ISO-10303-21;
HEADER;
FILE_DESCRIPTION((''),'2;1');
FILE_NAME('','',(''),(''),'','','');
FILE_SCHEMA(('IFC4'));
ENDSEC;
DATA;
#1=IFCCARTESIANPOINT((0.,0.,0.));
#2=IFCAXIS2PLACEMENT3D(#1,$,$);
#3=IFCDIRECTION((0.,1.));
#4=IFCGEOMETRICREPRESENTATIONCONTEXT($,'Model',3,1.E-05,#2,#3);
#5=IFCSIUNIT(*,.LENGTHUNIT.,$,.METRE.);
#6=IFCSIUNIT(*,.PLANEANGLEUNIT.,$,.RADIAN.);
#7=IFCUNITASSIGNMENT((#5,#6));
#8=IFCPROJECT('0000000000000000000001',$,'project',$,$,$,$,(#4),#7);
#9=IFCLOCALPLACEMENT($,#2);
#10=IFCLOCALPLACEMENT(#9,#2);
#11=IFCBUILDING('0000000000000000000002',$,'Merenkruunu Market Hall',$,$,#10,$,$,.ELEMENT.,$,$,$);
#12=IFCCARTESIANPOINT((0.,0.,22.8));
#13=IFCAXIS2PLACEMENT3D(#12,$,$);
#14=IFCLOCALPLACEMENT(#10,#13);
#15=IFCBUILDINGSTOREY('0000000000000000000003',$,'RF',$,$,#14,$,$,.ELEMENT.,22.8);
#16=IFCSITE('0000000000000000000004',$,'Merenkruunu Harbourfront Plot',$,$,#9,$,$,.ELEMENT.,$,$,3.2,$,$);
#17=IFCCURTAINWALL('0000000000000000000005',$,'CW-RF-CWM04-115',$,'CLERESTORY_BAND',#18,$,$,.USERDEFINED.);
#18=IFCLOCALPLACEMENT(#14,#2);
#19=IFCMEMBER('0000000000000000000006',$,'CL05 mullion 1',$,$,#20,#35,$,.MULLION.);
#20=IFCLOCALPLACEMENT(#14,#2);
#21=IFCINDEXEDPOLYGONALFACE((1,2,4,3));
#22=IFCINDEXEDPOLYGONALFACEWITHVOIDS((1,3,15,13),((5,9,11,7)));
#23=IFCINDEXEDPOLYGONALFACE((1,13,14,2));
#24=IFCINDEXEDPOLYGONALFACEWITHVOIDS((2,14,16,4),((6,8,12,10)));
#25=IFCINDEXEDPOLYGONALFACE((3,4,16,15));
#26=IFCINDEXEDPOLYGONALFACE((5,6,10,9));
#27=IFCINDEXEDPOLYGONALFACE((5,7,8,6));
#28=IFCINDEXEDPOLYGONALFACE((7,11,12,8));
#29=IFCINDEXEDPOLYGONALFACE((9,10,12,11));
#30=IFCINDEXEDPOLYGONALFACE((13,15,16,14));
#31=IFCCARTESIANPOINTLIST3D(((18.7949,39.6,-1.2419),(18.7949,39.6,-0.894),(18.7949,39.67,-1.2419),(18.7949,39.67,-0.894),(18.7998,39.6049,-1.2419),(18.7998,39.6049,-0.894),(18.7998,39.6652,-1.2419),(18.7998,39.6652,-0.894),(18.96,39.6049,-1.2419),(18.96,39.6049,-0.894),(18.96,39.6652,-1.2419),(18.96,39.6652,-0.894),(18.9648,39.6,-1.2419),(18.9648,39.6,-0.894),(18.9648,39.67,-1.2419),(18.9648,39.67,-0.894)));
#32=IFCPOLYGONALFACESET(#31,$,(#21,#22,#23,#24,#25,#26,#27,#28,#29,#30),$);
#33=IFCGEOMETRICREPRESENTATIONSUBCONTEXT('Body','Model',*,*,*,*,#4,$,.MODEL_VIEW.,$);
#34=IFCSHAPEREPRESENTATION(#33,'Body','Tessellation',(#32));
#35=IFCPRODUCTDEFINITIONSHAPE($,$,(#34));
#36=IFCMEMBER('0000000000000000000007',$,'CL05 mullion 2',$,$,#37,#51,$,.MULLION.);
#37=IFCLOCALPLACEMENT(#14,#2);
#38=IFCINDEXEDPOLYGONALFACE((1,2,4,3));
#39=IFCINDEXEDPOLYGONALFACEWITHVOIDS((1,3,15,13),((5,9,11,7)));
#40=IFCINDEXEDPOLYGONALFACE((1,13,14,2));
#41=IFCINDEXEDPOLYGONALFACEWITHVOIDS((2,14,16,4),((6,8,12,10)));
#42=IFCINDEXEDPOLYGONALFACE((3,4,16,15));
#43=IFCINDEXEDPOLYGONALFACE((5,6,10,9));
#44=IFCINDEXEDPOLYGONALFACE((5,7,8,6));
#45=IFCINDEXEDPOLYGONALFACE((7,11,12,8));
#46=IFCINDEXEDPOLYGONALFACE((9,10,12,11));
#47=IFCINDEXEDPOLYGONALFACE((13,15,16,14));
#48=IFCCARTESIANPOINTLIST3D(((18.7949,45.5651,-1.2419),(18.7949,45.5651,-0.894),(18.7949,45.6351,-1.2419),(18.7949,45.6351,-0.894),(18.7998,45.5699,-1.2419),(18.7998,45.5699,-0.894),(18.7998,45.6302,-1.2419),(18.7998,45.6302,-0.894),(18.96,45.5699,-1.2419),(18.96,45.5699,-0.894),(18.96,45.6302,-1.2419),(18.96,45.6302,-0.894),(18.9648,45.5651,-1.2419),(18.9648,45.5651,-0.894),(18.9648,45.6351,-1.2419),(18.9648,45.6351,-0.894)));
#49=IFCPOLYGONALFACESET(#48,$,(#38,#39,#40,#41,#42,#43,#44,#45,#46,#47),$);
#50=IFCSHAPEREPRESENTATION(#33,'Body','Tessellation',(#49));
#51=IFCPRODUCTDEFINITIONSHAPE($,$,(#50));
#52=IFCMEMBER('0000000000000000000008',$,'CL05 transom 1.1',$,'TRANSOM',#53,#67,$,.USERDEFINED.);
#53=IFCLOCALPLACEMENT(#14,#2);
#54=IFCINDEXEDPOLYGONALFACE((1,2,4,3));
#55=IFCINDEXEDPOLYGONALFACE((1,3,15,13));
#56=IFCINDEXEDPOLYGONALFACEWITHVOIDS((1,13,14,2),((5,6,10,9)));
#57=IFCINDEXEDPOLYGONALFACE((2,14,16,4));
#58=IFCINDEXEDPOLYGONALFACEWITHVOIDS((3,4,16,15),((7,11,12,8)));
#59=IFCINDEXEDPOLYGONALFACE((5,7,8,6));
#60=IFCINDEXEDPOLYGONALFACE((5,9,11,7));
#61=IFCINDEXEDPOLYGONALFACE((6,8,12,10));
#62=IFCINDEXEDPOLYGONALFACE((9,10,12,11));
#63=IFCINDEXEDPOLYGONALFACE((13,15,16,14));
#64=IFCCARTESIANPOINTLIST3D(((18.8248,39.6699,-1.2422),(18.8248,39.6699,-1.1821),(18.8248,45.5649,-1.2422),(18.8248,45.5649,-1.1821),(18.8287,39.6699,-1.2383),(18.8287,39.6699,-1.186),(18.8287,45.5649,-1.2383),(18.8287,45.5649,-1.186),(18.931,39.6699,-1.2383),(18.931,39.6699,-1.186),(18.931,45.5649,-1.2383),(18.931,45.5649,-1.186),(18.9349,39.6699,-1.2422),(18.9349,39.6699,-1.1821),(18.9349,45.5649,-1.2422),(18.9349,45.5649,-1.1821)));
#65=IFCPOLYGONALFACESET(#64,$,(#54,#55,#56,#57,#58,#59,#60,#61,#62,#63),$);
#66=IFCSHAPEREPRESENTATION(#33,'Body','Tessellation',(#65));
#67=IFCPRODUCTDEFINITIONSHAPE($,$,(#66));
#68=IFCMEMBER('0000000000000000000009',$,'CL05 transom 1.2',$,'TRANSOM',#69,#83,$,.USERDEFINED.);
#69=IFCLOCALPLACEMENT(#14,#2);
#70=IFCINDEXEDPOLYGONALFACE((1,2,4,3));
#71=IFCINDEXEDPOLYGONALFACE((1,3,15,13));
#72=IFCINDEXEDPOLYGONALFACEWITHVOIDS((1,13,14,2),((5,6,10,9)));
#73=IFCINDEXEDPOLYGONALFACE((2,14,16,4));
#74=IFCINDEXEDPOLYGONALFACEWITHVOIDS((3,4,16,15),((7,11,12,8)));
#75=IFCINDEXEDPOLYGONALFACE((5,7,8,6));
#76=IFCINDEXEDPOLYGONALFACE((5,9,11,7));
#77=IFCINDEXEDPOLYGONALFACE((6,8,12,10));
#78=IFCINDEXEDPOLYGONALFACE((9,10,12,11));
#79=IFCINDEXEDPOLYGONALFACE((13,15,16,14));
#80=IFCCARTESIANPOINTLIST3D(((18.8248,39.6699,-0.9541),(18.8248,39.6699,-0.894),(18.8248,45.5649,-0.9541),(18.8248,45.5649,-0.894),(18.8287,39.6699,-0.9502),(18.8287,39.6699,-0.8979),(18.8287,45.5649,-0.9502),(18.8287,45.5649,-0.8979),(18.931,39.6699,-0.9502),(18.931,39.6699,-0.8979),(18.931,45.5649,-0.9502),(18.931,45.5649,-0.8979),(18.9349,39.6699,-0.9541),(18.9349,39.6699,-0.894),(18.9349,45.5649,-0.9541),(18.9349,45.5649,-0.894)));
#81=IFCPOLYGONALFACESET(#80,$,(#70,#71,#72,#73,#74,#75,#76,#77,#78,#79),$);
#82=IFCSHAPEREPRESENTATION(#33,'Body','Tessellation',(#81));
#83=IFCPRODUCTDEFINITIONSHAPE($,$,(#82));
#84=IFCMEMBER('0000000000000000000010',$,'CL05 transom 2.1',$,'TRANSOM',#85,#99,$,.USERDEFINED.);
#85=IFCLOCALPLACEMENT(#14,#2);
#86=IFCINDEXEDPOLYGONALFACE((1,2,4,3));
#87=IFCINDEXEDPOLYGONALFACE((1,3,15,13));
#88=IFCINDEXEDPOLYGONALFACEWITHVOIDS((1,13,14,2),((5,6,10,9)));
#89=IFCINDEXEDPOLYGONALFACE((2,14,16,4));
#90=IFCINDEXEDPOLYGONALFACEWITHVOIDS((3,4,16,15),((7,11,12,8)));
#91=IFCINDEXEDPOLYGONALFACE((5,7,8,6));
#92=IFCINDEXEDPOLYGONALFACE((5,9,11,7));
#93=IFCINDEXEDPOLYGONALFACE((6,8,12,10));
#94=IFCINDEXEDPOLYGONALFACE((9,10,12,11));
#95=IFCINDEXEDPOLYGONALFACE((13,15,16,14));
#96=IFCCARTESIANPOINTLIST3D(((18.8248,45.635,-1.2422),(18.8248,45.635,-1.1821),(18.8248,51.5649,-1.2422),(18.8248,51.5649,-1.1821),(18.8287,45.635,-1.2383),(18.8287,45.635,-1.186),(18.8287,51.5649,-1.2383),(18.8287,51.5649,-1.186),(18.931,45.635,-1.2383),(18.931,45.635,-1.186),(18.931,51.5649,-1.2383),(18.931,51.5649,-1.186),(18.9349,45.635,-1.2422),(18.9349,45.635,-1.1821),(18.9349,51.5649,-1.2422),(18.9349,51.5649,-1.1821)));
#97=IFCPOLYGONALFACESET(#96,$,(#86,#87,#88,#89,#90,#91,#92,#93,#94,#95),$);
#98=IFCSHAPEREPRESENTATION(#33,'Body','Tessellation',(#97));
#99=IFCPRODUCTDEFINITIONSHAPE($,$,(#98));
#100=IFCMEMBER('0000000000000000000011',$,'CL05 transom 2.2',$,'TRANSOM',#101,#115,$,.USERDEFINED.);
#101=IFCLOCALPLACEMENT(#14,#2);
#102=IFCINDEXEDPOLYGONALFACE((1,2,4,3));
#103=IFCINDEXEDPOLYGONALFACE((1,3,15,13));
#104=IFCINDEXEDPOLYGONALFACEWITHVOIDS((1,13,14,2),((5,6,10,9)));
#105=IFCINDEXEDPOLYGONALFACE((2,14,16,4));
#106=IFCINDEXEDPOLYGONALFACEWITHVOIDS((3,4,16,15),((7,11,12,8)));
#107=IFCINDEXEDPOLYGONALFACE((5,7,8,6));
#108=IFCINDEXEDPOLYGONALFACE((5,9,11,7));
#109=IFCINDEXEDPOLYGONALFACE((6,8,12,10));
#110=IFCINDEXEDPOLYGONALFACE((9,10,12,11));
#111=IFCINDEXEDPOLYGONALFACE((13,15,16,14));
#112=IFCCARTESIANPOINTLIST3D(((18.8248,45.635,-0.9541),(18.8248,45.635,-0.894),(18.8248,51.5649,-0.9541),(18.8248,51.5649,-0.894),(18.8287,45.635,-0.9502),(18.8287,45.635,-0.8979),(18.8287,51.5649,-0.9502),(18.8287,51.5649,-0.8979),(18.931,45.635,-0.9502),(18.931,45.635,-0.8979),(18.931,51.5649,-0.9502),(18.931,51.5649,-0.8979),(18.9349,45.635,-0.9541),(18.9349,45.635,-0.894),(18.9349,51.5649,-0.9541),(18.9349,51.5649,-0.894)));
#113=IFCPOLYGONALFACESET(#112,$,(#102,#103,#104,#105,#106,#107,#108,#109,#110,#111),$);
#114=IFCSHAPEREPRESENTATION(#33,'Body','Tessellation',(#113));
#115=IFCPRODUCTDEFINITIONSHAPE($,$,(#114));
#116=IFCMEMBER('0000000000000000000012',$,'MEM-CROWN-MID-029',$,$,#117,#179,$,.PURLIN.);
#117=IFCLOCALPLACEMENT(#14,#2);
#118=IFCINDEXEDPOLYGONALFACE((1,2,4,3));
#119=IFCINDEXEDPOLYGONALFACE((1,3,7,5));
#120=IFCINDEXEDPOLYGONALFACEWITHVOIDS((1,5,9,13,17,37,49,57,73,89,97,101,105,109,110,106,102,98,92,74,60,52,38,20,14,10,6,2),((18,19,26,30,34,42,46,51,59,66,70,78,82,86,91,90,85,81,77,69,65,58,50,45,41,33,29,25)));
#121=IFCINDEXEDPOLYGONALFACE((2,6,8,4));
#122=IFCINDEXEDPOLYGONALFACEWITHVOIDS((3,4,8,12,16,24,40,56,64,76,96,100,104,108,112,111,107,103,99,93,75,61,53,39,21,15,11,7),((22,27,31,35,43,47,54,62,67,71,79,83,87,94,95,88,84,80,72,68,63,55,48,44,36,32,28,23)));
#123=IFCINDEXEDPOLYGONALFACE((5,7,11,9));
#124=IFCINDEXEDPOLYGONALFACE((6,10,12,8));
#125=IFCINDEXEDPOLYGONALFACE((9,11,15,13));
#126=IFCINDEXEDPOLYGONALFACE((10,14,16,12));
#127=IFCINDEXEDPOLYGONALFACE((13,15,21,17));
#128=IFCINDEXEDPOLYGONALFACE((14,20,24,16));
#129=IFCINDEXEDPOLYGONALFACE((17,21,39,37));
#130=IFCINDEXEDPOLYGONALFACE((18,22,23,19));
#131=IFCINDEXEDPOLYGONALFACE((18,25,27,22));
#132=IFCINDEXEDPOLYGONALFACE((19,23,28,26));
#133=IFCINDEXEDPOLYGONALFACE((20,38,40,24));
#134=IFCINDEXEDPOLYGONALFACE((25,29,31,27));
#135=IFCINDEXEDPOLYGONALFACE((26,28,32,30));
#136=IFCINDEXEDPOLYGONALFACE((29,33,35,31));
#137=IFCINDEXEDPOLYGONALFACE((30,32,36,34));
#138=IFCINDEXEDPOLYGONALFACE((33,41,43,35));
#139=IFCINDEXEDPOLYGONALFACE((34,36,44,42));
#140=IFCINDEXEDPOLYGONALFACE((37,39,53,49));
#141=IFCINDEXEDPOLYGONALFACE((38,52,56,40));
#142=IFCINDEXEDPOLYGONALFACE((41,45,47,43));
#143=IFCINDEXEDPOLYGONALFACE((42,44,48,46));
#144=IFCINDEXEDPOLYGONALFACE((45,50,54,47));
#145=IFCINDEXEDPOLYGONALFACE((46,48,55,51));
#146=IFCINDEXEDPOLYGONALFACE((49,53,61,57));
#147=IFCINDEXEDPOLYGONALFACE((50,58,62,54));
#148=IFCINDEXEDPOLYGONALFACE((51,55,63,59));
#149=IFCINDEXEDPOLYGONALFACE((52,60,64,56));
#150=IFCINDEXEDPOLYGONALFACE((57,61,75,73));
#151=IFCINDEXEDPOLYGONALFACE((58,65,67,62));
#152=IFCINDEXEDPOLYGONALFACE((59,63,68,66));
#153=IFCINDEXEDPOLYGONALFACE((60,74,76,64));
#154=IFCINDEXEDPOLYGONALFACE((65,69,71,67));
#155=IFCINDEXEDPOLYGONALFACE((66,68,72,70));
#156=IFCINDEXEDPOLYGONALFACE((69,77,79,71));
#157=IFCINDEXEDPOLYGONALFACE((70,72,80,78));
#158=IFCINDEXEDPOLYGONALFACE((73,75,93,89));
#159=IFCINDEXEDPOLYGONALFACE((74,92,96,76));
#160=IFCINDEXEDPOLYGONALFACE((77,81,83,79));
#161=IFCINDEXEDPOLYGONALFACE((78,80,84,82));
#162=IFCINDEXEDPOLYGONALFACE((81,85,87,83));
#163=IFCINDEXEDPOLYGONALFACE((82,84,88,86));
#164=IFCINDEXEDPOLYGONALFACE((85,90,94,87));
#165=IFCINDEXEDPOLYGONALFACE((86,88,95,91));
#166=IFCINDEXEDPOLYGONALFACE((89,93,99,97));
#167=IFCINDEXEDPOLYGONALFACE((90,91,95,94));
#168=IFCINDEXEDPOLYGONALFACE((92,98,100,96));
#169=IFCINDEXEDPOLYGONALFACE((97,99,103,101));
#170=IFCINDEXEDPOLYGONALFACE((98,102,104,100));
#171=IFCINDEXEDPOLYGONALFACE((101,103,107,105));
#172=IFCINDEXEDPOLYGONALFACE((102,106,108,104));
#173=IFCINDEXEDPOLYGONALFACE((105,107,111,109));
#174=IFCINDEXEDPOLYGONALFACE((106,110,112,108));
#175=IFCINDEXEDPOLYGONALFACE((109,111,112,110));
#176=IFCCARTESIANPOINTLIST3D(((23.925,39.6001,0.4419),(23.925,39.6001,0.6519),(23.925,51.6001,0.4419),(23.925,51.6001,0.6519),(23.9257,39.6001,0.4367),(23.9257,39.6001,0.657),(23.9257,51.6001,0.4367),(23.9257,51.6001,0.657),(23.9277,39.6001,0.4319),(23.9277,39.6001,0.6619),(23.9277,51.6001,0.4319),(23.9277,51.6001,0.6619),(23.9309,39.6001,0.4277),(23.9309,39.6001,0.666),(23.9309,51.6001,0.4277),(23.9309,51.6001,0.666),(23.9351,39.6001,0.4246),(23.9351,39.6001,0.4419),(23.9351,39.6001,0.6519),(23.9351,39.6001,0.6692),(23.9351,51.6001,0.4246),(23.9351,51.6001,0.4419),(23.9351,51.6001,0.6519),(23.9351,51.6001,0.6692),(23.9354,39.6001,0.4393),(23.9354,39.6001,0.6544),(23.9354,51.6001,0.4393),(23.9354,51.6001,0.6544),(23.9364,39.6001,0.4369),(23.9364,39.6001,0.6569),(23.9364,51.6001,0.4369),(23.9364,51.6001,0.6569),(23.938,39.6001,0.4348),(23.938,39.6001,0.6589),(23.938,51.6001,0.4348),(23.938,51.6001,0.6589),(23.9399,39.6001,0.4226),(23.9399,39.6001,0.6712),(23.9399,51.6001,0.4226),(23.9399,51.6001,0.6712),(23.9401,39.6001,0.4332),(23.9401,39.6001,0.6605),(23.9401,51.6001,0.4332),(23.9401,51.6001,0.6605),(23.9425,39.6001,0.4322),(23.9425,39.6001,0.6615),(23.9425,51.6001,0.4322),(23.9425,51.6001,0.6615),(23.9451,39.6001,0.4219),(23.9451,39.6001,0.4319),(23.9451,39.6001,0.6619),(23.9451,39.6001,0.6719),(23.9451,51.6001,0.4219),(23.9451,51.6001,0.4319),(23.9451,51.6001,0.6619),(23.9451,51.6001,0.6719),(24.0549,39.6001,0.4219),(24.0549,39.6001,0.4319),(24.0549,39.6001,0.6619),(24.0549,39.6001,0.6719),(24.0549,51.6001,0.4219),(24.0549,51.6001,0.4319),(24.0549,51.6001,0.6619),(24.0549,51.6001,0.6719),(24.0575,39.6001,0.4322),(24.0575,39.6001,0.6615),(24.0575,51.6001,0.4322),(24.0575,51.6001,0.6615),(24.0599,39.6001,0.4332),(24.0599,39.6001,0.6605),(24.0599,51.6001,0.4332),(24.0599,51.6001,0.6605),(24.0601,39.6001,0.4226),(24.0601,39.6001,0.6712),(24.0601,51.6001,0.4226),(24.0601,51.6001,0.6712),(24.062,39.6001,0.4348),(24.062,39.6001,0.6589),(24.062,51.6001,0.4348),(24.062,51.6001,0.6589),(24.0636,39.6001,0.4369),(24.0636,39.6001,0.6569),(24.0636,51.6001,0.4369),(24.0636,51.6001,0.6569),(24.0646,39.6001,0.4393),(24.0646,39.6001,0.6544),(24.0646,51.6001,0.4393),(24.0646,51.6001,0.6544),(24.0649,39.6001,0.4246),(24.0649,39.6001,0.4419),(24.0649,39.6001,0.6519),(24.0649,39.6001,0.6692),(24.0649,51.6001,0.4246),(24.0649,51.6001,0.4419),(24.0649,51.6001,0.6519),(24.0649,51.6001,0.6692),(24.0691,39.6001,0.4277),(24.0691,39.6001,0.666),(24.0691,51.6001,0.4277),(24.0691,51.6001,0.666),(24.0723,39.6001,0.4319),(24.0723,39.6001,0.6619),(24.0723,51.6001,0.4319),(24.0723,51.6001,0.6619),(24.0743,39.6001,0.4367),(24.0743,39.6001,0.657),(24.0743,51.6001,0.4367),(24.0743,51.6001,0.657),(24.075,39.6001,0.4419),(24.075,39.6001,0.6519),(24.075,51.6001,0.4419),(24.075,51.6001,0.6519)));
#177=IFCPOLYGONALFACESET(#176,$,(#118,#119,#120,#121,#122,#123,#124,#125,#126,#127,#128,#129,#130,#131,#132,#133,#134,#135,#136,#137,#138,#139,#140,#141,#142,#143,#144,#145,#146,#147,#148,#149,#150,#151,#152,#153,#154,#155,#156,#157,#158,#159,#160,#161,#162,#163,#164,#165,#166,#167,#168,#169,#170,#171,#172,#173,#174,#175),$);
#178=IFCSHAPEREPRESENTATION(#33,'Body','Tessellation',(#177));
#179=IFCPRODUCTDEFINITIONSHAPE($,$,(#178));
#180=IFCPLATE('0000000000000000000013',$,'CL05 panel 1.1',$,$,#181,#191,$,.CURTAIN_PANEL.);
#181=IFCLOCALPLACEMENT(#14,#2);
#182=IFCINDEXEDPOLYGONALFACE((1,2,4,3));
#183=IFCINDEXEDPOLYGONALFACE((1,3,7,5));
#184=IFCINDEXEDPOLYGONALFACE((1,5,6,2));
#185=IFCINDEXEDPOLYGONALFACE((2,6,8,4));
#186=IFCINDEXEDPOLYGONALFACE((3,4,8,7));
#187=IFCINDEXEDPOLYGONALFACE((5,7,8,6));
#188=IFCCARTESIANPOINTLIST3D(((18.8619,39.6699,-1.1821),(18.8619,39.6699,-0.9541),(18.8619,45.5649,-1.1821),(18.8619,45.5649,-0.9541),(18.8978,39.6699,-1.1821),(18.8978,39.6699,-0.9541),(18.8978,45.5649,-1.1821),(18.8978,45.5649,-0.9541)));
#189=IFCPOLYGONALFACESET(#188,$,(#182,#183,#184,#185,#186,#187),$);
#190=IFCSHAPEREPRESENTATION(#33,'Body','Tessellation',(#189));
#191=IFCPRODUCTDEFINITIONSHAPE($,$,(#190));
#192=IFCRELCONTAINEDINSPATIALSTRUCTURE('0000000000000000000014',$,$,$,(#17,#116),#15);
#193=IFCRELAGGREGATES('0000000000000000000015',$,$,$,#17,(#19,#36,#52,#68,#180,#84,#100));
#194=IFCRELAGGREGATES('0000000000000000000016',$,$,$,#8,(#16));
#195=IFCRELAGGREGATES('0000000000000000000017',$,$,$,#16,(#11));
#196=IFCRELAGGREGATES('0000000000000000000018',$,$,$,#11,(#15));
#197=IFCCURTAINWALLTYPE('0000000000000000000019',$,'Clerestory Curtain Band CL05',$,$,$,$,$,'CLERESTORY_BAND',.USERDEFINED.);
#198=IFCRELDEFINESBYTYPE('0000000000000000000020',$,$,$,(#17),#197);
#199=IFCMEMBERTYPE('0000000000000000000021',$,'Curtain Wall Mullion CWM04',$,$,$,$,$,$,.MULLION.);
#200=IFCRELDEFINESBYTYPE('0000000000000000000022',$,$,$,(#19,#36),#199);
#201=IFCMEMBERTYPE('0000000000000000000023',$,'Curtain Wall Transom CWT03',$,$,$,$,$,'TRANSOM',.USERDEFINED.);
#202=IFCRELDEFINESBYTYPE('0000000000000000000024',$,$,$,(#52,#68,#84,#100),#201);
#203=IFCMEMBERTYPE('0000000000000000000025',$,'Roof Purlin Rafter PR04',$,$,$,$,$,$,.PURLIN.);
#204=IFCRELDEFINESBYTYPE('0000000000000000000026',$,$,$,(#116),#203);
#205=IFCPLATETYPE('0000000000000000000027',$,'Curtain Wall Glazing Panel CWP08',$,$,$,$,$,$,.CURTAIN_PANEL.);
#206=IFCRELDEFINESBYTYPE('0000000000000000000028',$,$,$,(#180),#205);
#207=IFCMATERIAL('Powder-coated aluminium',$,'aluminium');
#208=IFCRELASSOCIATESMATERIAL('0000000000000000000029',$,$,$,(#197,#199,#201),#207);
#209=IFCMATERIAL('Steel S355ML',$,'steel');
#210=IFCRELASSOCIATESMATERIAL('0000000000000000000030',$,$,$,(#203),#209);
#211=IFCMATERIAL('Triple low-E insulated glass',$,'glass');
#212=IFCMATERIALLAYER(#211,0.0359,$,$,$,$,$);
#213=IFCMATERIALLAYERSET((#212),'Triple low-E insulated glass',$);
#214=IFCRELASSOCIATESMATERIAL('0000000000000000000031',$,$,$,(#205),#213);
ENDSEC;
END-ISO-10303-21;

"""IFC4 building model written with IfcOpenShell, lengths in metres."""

from ifc_helpers import new_model, si_unit, direction, frame, origin, origin_2d, place, context, subcontext, project, spatial, rectangle, hollow_rectangle, extrude, material, layer, layer_set, material_profile, profile_set, type_object, element, aggregate, save


model = new_model("IFC4")

# Units and contexts
model_context = context("Model", 3, precision=1e-05, world=origin(), true_north=direction((0.0, 1.0)))
body_context = subcontext(model_context, "Body", "Model", "MODEL_VIEW")
ifc_project = project(units=[si_unit("LENGTHUNIT", "METRE"), si_unit("PLANEANGLEUNIT", "RADIAN")], contexts=[model_context])

# Site, building, storey
site_placement = place(None, origin())
site = spatial("IfcSite", under=ifc_project, at=site_placement, Name="Merenkruunu Harbourfront Plot", CompositionType="ELEMENT", RefElevation=3.2)
building_placement = place(site_placement, origin())
building = spatial("IfcBuilding", under=site, at=building_placement, Name="Merenkruunu Market Hall", CompositionType="ELEMENT")
storey_placement = place(building_placement, frame((0.0, 0.0, 22.8)))
storey = spatial("IfcBuildingStorey", under=building, at=storey_placement, Name="RF", CompositionType="ELEMENT", Elevation=22.8)

# Curtain wall, members
ifc_material_1 = material(Name="Powder-coated aluminium", Category="aluminium")
curtain_wall_type = type_object("IfcCurtainWallType", Name="Clerestory Curtain Band CL05", ElementType="CLERESTORY_BAND", PredefinedType="USERDEFINED", material=ifc_material_1)
curtain_wall_placement = place(storey_placement, origin())
curtain_wall = element("IfcCurtainWall", 1, at=curtain_wall_placement, inside=storey, type_object=curtain_wall_type, Name="CW-RF-CWM04-115", ObjectType="CLERESTORY_BAND", PredefinedType="USERDEFINED")
ifc_material_profile_1 = material_profile(ifc_material_1, hollow_rectangle(XDim=0.0701, YDim=0.1699, WallThickness=0.0049, at=origin_2d()), Name="ALU 70x170x5")
ifc_profile_set_1 = profile_set([ifc_material_profile_1], Name="Powder-coated aluminium")
member_type_1 = type_object("IfcMemberType", Name="Curtain Wall Mullion CWM04", PredefinedType="MULLION", material=ifc_profile_set_1)
member_1_placement = place(storey_placement, frame((18.8799, 39.635, -1.2419), z_axis=(0.0, 0.0, 1.0), x_axis=(0.0, 1.0, 0.0)))
member_1 = element("IfcMember", 2, at=member_1_placement, type_object=member_type_1, Name="CL05 mullion 1", PredefinedType="MULLION", context=body_context, shape_type="SweptSolid", body=[
    extrude(hollow_rectangle(XDim=0.0701, YDim=0.1699, WallThickness=0.0049, at=origin_2d()), origin(), (0.0, 0.0, 1.0), 0.3479),
])
member_2_placement = place(storey_placement, frame((18.8799, 45.6001, -1.2419), z_axis=(0.0, 0.0, 1.0), x_axis=(0.0, 1.0, 0.0)))
member_2 = element("IfcMember", 3, at=member_2_placement, type_object=member_type_1, Name="CL05 mullion 2", PredefinedType="MULLION", context=body_context, shape_type="SweptSolid", body=[
    extrude(hollow_rectangle(XDim=0.0701, YDim=0.1699, WallThickness=0.0049, at=origin_2d()), origin(), (0.0, 0.0, 1.0), 0.3479),
])
ifc_material_profile_2 = material_profile(ifc_material_1, hollow_rectangle(XDim=0.0601, YDim=0.1101, WallThickness=0.0039, at=origin_2d()), Name="ALU 60x110x4")
ifc_profile_set_2 = profile_set([ifc_material_profile_2], Name="Powder-coated aluminium")
member_type_2 = type_object("IfcMemberType", Name="Curtain Wall Transom CWT03", ElementType="TRANSOM", PredefinedType="USERDEFINED", material=ifc_profile_set_2)
member_3_placement = place(storey_placement, frame((18.8799, 39.6699, -1.2122), z_axis=(0.0, 1.0, 0.0), x_axis=(0.0, 0.0, 1.0)))
member_3 = element("IfcMember", 4, at=member_3_placement, type_object=member_type_2, Name="CL05 transom 1.1", ObjectType="TRANSOM", PredefinedType="USERDEFINED", context=body_context, shape_type="SweptSolid", body=[
    extrude(hollow_rectangle(XDim=0.0601, YDim=0.1101, WallThickness=0.0039, at=origin_2d()), origin(), (0.0, 0.0, 1.0), 5.895),
])
member_4_placement = place(storey_placement, frame((18.8799, 39.6699, -0.9241), z_axis=(0.0, 1.0, 0.0), x_axis=(0.0, 0.0, 1.0)))
member_4 = element("IfcMember", 5, at=member_4_placement, type_object=member_type_2, Name="CL05 transom 1.2", ObjectType="TRANSOM", PredefinedType="USERDEFINED", context=body_context, shape_type="SweptSolid", body=[
    extrude(hollow_rectangle(XDim=0.0601, YDim=0.1101, WallThickness=0.0039, at=origin_2d()), origin(), (0.0, 0.0, 1.0), 5.895),
])
member_5_placement = place(storey_placement, frame((18.8799, 45.635, -1.2122), z_axis=(0.0, 1.0, 0.0), x_axis=(0.0, 0.0, 1.0)))
member_5 = element("IfcMember", 6, at=member_5_placement, type_object=member_type_2, Name="CL05 transom 2.1", ObjectType="TRANSOM", PredefinedType="USERDEFINED", context=body_context, shape_type="SweptSolid", body=[
    extrude(hollow_rectangle(XDim=0.0601, YDim=0.1101, WallThickness=0.0039, at=origin_2d()), origin(), (0.0, 0.0, 1.0), 5.9299),
])
member_6_placement = place(storey_placement, frame((18.8799, 45.635, -0.9241), z_axis=(0.0, 1.0, 0.0), x_axis=(0.0, 0.0, 1.0)))
member_6 = element("IfcMember", 7, at=member_6_placement, type_object=member_type_2, Name="CL05 transom 2.2", ObjectType="TRANSOM", PredefinedType="USERDEFINED", context=body_context, shape_type="SweptSolid", body=[
    extrude(hollow_rectangle(XDim=0.0601, YDim=0.1101, WallThickness=0.0039, at=origin_2d()), origin(), (0.0, 0.0, 1.0), 5.9299),
])

# Member
ifc_material_2 = material(Name="Steel S355ML", Category="steel")
ifc_material_profile_3 = material_profile(ifc_material_2, hollow_rectangle(XDim=0.1499, YDim=0.25, WallThickness=0.01, InnerFilletRadius=0.01, OuterFilletRadius=0.02, at=origin_2d()), Name="RHS 250x150x10")
ifc_profile_set_3 = profile_set([ifc_material_profile_3], Name="Steel S355ML")
member_type_3 = type_object("IfcMemberType", Name="Roof Purlin Rafter PR04", PredefinedType="PURLIN", material=ifc_profile_set_3)
member_7_placement = place(storey_placement, frame((24.0, 39.6001, 0.5469), z_axis=(0.0, 1.0, 0.0), x_axis=(-1.0, 0.0, 0.0)))
element("IfcMember", 8, at=member_7_placement, inside=storey, type_object=member_type_3, Name="MEM-CROWN-MID-029", PredefinedType="PURLIN", context=body_context, shape_type="SweptSolid", body=[
    extrude(hollow_rectangle(XDim=0.1499, YDim=0.25, WallThickness=0.01, InnerFilletRadius=0.01, OuterFilletRadius=0.02, at=origin_2d()), origin(), (0.0, 0.0, 1.0), 12.0),
])

# Plate
ifc_material_3 = material(Name="Triple low-E insulated glass", Category="glass")
ifc_layer_1 = layer(ifc_material_3, 0.0359)
ifc_layer_set_1 = layer_set([ifc_layer_1], Name="Triple low-E insulated glass")
plate_type_1 = type_object("IfcPlateType", Name="Curtain Wall Glazing Panel CWP08", PredefinedType="CURTAIN_PANEL", material=ifc_layer_set_1)
plate_1_placement = place(storey_placement, frame((18.8799, 42.6174, -1.1821), z_axis=(0.0, 0.0, 1.0), x_axis=(0.0, 1.0, 0.0)))
plate_1 = element("IfcPlate", 9, at=plate_1_placement, type_object=plate_type_1, Name="CL05 panel 1.1", PredefinedType="CURTAIN_PANEL", context=body_context, shape_type="SweptSolid", body=[
    extrude(rectangle(XDim=5.895, YDim=0.0359, at=origin_2d()), origin(), (0.0, 0.0, 1.0), 0.228),
])
aggregate(curtain_wall, [member_1, member_2, member_3, member_4, plate_1, member_5, member_6])

save(model, "model.ifc")
